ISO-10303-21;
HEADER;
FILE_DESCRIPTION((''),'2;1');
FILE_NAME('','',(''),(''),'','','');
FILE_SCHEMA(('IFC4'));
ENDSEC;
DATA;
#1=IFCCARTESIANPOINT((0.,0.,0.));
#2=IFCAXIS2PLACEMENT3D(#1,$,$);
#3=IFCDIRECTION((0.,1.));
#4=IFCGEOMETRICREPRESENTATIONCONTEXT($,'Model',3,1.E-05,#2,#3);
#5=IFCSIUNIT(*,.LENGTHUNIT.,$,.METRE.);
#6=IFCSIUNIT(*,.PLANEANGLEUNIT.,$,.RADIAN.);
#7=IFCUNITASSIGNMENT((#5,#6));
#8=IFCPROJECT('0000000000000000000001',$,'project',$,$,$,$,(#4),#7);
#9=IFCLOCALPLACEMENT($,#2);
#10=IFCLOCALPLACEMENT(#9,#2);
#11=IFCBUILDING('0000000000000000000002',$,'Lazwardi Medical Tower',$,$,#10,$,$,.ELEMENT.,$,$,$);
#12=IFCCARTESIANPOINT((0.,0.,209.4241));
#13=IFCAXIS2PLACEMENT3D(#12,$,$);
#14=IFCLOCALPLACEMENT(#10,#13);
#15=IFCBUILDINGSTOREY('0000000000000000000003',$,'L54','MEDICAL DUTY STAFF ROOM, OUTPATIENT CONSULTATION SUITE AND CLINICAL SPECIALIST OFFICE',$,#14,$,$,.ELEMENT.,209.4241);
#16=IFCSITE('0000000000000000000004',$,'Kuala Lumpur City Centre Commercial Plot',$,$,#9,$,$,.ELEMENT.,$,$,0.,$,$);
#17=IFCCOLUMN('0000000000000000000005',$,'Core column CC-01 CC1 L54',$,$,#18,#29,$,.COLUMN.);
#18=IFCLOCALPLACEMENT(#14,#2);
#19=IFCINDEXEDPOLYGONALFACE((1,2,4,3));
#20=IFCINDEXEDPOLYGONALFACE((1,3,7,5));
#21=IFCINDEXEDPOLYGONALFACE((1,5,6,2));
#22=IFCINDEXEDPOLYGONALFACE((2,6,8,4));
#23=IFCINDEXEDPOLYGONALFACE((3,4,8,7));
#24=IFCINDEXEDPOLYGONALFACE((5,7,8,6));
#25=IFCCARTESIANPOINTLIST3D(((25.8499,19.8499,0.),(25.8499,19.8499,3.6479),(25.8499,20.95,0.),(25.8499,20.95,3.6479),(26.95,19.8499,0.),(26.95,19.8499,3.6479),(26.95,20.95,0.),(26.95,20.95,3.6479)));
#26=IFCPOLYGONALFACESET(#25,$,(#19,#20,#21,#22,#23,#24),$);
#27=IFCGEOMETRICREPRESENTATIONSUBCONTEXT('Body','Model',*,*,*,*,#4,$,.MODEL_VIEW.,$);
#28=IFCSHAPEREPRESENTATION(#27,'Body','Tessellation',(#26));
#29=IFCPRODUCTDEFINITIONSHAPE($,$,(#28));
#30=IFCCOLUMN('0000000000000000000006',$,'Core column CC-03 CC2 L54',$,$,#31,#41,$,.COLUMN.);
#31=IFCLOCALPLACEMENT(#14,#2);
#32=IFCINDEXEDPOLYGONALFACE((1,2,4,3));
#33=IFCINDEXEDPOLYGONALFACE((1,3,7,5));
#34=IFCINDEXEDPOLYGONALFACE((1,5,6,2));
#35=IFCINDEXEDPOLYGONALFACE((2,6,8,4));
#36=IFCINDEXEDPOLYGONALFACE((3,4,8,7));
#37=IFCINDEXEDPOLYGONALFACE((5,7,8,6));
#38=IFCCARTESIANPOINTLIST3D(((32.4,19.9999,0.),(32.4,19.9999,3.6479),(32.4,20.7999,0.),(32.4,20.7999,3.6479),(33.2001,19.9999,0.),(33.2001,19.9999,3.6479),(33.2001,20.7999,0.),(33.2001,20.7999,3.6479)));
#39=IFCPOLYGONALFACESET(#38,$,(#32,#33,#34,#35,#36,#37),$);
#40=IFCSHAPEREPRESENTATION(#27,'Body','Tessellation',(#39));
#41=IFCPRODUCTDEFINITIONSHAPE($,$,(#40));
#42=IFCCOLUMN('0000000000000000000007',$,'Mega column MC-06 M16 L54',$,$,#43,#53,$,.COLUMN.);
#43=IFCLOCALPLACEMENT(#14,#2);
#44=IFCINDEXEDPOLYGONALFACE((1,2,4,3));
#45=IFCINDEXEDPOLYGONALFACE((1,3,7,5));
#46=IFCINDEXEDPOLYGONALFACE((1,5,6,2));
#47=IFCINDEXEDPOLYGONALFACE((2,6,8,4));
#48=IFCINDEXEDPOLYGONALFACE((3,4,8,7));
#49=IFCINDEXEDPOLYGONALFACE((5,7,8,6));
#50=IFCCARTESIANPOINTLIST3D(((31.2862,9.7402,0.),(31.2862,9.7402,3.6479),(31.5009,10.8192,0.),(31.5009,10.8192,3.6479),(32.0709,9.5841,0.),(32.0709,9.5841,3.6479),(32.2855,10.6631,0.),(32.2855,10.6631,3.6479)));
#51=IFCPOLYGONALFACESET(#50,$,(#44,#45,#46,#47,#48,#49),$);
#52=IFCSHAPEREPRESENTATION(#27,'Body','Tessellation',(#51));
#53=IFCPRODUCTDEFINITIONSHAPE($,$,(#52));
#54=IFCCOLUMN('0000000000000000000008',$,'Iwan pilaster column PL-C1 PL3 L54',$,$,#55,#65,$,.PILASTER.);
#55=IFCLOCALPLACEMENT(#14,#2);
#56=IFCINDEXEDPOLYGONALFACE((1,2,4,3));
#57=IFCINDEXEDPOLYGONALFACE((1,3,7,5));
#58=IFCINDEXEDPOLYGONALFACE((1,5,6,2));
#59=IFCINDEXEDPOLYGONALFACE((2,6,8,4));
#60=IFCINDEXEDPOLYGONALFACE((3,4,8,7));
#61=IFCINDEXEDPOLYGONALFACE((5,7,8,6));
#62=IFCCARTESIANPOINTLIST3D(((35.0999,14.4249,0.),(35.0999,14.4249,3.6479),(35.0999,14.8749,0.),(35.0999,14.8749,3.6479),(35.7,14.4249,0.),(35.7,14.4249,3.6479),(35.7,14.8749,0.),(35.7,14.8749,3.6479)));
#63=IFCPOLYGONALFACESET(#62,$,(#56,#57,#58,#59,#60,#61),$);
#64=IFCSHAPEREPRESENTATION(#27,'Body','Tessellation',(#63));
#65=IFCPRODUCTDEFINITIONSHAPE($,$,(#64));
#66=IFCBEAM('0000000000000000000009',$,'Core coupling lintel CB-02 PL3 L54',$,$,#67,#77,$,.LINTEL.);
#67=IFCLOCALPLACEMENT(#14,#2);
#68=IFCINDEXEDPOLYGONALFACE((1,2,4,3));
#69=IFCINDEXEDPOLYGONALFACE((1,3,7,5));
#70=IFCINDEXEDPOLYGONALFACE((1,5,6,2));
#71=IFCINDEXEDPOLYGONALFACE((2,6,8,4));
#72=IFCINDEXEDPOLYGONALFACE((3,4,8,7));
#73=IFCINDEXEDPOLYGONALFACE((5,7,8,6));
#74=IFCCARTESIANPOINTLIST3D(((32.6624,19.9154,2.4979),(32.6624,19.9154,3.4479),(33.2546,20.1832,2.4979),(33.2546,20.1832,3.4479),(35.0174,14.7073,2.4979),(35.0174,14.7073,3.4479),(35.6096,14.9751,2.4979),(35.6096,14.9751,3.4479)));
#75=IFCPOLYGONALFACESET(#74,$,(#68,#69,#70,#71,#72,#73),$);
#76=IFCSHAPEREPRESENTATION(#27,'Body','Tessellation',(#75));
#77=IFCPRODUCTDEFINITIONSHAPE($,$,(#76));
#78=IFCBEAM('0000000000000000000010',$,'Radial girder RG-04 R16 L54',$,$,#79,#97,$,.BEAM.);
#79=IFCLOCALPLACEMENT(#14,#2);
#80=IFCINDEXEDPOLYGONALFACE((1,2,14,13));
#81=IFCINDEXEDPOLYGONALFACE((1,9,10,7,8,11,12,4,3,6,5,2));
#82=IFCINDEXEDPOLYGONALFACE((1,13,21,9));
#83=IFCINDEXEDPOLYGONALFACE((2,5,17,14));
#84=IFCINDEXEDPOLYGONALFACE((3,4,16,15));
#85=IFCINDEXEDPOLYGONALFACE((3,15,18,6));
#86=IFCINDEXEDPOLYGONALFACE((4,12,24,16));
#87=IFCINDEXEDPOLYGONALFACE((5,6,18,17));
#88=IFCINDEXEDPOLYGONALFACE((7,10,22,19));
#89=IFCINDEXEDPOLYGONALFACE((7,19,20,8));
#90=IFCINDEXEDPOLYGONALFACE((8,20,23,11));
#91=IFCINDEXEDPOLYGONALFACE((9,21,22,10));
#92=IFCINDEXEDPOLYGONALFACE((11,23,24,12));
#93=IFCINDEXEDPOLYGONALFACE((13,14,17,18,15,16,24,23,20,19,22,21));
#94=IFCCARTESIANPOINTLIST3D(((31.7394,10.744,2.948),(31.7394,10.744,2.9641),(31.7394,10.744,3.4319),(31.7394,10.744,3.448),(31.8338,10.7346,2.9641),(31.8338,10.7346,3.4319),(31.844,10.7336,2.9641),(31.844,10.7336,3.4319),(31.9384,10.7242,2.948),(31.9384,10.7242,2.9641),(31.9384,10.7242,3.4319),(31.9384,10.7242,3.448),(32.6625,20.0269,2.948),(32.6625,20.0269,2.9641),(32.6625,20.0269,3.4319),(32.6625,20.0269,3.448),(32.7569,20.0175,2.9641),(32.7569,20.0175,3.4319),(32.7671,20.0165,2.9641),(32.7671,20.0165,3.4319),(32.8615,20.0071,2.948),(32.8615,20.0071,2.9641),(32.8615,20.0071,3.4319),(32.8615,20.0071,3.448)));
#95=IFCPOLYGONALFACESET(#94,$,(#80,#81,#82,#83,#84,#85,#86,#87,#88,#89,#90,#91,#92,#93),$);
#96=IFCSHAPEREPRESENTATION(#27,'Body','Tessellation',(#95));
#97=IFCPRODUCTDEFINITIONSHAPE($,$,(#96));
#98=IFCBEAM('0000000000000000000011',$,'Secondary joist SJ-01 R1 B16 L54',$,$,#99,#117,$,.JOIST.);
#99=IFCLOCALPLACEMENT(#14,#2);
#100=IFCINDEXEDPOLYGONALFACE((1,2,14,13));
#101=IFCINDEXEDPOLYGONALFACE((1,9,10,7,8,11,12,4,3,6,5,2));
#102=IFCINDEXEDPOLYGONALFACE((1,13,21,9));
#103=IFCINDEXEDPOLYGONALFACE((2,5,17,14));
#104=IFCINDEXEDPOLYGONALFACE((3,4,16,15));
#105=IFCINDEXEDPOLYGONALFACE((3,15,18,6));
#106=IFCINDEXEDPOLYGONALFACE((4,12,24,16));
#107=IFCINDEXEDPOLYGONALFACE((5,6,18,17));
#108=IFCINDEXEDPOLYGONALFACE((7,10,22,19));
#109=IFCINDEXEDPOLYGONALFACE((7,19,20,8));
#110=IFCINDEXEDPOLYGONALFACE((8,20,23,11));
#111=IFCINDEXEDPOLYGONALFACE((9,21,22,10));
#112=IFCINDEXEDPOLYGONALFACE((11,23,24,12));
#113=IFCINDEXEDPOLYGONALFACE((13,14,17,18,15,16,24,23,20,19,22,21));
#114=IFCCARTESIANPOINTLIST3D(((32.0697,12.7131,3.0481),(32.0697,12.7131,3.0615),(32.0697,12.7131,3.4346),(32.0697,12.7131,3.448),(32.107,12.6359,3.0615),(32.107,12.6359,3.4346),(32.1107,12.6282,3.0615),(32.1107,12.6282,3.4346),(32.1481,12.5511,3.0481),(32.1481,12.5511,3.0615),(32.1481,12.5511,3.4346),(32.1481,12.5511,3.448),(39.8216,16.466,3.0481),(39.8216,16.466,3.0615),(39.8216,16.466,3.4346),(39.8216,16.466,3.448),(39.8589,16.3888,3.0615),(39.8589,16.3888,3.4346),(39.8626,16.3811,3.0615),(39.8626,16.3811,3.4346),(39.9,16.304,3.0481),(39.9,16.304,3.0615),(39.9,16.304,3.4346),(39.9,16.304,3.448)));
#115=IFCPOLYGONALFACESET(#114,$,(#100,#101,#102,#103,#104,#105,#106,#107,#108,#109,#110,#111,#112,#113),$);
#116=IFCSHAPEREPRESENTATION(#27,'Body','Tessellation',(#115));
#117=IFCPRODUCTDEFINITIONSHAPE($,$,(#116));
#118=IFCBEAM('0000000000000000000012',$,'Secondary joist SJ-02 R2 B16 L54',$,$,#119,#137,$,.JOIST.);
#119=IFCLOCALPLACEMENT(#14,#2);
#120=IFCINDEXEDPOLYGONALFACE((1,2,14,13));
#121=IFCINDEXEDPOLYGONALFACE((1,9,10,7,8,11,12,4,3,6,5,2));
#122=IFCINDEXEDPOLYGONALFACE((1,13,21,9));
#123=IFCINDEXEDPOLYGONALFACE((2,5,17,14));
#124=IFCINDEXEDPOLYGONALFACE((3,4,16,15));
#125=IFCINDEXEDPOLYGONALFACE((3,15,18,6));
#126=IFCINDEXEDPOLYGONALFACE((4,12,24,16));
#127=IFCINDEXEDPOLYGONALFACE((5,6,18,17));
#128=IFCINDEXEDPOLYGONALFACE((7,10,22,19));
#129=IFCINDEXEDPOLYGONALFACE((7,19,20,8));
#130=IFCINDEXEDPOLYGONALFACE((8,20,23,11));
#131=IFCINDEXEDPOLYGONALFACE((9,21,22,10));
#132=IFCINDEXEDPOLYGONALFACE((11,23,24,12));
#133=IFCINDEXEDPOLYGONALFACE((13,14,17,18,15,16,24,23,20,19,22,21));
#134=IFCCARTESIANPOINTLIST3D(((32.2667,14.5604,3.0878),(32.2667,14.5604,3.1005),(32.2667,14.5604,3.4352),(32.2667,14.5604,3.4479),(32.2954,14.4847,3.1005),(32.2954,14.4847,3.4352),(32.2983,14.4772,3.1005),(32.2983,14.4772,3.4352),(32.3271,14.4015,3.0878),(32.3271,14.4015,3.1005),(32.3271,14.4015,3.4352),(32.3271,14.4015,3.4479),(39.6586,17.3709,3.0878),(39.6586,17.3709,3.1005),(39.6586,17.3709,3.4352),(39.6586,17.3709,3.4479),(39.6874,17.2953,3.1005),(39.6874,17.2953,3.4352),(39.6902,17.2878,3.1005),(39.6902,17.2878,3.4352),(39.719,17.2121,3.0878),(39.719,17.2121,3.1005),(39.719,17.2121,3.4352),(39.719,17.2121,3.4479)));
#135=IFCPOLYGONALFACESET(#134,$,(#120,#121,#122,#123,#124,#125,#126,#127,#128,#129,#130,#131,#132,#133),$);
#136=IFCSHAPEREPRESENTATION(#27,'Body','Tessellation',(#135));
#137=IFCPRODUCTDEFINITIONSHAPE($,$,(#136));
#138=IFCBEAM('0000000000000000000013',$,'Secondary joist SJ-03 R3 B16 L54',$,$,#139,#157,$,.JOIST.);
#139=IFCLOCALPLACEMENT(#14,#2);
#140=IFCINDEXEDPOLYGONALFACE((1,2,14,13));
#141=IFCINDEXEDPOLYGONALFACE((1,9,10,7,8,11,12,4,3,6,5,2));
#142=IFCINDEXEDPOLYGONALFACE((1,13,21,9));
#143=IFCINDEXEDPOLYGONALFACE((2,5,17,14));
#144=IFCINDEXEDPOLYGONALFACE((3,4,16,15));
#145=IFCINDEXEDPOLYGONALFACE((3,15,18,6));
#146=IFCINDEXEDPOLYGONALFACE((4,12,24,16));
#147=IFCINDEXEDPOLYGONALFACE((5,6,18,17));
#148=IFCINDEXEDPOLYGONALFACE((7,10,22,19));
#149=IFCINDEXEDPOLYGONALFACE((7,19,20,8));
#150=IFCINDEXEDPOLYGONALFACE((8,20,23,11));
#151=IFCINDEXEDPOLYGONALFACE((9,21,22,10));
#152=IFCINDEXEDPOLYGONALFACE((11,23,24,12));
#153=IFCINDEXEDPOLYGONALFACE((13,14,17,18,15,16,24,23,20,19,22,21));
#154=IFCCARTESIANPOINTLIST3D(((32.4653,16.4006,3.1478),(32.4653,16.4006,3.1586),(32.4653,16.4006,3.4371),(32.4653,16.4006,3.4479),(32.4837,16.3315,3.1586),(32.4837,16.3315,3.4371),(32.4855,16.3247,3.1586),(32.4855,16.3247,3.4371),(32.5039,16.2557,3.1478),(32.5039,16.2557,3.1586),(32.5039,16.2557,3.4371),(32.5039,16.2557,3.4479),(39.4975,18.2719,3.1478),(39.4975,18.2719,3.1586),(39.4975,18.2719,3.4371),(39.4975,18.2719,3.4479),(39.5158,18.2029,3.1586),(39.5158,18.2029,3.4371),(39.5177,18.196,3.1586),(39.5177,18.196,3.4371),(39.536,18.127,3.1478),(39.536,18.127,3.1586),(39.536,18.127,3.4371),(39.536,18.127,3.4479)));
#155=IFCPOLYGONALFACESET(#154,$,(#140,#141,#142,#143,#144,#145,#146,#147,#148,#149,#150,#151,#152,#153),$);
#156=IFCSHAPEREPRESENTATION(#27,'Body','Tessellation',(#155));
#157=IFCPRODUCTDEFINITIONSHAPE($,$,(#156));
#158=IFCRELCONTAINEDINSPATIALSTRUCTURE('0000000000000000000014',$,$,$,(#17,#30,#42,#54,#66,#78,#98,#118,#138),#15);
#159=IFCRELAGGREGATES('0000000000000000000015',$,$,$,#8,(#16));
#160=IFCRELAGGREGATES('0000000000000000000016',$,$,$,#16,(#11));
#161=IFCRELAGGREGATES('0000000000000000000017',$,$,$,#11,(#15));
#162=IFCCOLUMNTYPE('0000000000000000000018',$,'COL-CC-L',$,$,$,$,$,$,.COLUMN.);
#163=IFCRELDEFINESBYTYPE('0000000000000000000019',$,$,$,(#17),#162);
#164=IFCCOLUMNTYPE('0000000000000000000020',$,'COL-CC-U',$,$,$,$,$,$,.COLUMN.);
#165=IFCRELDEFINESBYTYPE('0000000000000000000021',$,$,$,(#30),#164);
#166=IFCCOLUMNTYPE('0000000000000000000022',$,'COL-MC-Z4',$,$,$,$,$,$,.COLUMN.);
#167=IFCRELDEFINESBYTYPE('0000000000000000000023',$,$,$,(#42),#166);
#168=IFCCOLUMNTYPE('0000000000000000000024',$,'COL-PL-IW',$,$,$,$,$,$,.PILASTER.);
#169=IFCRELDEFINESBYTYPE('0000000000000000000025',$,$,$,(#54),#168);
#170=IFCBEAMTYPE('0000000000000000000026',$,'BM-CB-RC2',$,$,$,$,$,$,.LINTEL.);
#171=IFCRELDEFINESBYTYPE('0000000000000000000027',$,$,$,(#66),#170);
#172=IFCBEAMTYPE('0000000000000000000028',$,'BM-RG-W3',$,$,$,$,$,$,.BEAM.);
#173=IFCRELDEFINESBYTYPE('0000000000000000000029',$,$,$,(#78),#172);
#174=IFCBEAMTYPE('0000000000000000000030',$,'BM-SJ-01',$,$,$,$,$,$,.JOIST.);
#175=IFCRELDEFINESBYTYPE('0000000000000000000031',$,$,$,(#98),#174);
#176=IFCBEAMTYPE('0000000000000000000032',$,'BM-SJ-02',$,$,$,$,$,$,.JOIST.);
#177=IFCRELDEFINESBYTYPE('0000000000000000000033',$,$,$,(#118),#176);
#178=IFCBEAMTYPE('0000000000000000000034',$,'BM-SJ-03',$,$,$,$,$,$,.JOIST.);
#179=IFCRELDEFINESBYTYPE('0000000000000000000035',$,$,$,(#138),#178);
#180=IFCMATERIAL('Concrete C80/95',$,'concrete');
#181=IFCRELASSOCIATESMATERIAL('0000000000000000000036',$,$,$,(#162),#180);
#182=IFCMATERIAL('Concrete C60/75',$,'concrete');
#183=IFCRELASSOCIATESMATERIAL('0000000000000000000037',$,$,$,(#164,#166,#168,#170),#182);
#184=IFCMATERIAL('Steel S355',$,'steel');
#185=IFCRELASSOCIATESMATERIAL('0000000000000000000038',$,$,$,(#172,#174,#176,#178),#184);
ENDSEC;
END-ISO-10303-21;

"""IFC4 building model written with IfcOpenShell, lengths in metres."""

from ifc_helpers import new_model, si_unit, direction, frame, origin, origin_2d, place, context, subcontext, project, spatial, rectangle, i_section, extrude, material, material_profile, profile_set, type_object, element, save


model = new_model("IFC4")

# Units and contexts
model_context = context("Model", 3, precision=1e-05, world=origin(), true_north=direction((0.0, 1.0)))
body_context = subcontext(model_context, "Body", "Model", "MODEL_VIEW")
ifc_project = project(units=[si_unit("LENGTHUNIT", "METRE"), si_unit("PLANEANGLEUNIT", "RADIAN")], contexts=[model_context])

# Site, building, storey
site_placement = place(None, origin())
site = spatial("IfcSite", under=ifc_project, at=site_placement, Name="Kuala Lumpur City Centre Commercial Plot", CompositionType="ELEMENT", RefElevation=0.0)
building_placement = place(site_placement, origin())
building = spatial("IfcBuilding", under=site, at=building_placement, Name="Lazwardi Medical Tower", CompositionType="ELEMENT")
storey_placement = place(building_placement, frame((0.0, 0.0, 209.4241)))
storey = spatial("IfcBuildingStorey", under=building, at=storey_placement, Name="L54", Description="MEDICAL DUTY STAFF ROOM, OUTPATIENT CONSULTATION SUITE AND CLINICAL SPECIALIST OFFICE", CompositionType="ELEMENT", Elevation=209.4241)

# Columns
ifc_material_1 = material(Name="Concrete C80/95", Category="concrete")
ifc_material_profile_1 = material_profile(ifc_material_1, rectangle(XDim=1.1001, YDim=1.1001, at=origin_2d()), Name="RC 1100x1100")
ifc_profile_set_1 = profile_set([ifc_material_profile_1], Name="Concrete C80/95")
column_type_1 = type_object("IfcColumnType", Name="COL-CC-L", PredefinedType="COLUMN", material=ifc_profile_set_1)
column_1_placement = place(storey_placement, frame((26.3999, 20.3999, 0.0), z_axis=(0.0, 0.0, 1.0), x_axis=(1.0, 0.0, 0.0)))
element("IfcColumn", 1, at=column_1_placement, inside=storey, type_object=column_type_1, Name="Core column CC-01 CC1 L54", PredefinedType="COLUMN", context=body_context, shape_type="SweptSolid", body=[
    extrude(rectangle(XDim=1.1001, YDim=1.1001, at=origin_2d()), origin(), (0.0, 0.0, 1.0), 3.6479),
])
ifc_material_2 = material(Name="Concrete C60/75", Category="concrete")
ifc_material_profile_2 = material_profile(ifc_material_2, rectangle(XDim=0.8, YDim=0.8, at=origin_2d()), Name="RC 800x800")
ifc_profile_set_2 = profile_set([ifc_material_profile_2], Name="Concrete C60/75")
column_type_2 = type_object("IfcColumnType", Name="COL-CC-U", PredefinedType="COLUMN", material=ifc_profile_set_2)
column_2_placement = place(storey_placement, frame((32.8, 20.3999, 0.0), z_axis=(0.0, 0.0, 1.0), x_axis=(1.0, 0.0, 0.0)))
element("IfcColumn", 2, at=column_2_placement, inside=storey, type_object=column_type_2, Name="Core column CC-03 CC2 L54", PredefinedType="COLUMN", context=body_context, shape_type="SweptSolid", body=[
    extrude(rectangle(XDim=0.8, YDim=0.8, at=origin_2d()), origin(), (0.0, 0.0, 1.0), 3.6479),
])
ifc_material_profile_3 = material_profile(ifc_material_2, rectangle(XDim=1.1001, YDim=0.8, at=origin_2d()), Name="CFT-RECT 1100x800")
ifc_profile_set_3 = profile_set([ifc_material_profile_3], Name="Concrete C60/75")
column_type_3 = type_object("IfcColumnType", Name="COL-MC-Z4", PredefinedType="COLUMN", material=ifc_profile_set_3)
column_3_placement = place(storey_placement, frame((31.7859, 10.2017, 0.0), z_axis=(0.0, 0.0, 1.0), x_axis=(-0.19509, -0.980785, 0.0)))
element("IfcColumn", 3, at=column_3_placement, inside=storey, type_object=column_type_3, Name="Mega column MC-06 M16 L54", PredefinedType="COLUMN", context=body_context, shape_type="SweptSolid", body=[
    extrude(rectangle(XDim=1.1001, YDim=0.8, at=origin_2d()), origin(), (0.0, 0.0, 1.0), 3.6479),
])
ifc_material_profile_4 = material_profile(ifc_material_2, rectangle(XDim=0.6001, YDim=0.45, at=origin_2d()), Name="RC 600x450")
ifc_profile_set_4 = profile_set([ifc_material_profile_4], Name="Concrete C60/75")
column_type_4 = type_object("IfcColumnType", Name="COL-PL-IW", PredefinedType="PILASTER", material=ifc_profile_set_4)
column_4_placement = place(storey_placement, frame((35.3999, 14.6499, 0.0), z_axis=(0.0, 0.0, 1.0), x_axis=(1.0, 0.0, 0.0)))
element("IfcColumn", 4, at=column_4_placement, inside=storey, type_object=column_type_4, Name="Iwan pilaster column PL-C1 PL3 L54", PredefinedType="PILASTER", context=body_context, shape_type="SweptSolid", body=[
    extrude(rectangle(XDim=0.6001, YDim=0.45, at=origin_2d()), origin(), (0.0, 0.0, 1.0), 3.6479),
])

# Beams
ifc_material_profile_5 = material_profile(ifc_material_2, rectangle(XDim=0.6499, YDim=0.95, at=origin_2d()), Name="RC 650x950")
ifc_profile_set_5 = profile_set([ifc_material_profile_5], Name="Concrete C60/75")
beam_type_1 = type_object("IfcBeamType", Name="BM-CB-RC2", PredefinedType="LINTEL", material=ifc_profile_set_5)
beam_1_placement = place(storey_placement, frame((32.9585, 20.0493, 2.9729), z_axis=(0.412019, -0.911175, 0.0), x_axis=(0.911175, 0.412019, 0.0)))
element("IfcBeam", 5, at=beam_1_placement, inside=storey, type_object=beam_type_1, Name="Core coupling lintel CB-02 PL3 L54", PredefinedType="LINTEL", context=body_context, shape_type="SweptSolid", body=[
    extrude(rectangle(XDim=0.6499, YDim=0.95, at=origin_2d()), origin(), (0.0, 0.0, 1.0), 5.7158),
])
ifc_material_3 = material(Name="Steel S355", Category="steel")
ifc_material_profile_6 = material_profile(ifc_material_3, i_section(OverallWidth=0.2, OverallDepth=0.5, WebThickness=0.0103, FlangeThickness=0.0161, at=origin_2d()), Name="IPE 500")
ifc_profile_set_6 = profile_set([ifc_material_profile_6], Name="Steel S355")
beam_type_2 = type_object("IfcBeamType", Name="BM-RG-W3", PredefinedType="BEAM", material=ifc_profile_set_6)
beam_2_placement = place(storey_placement, frame((31.8389, 10.7341, 3.198), z_axis=(0.098954, 0.995092, 0.0), x_axis=(-0.995092, 0.098954, 0.0)))
element("IfcBeam", 6, at=beam_2_placement, inside=storey, type_object=beam_type_2, Name="Radial girder RG-04 R16 L54", PredefinedType="BEAM", context=body_context, shape_type="SweptSolid", body=[
    extrude(i_section(OverallWidth=0.2, OverallDepth=0.5, WebThickness=0.0103, FlangeThickness=0.0161, at=origin_2d()), origin(), (0.0, 0.0, 1.0), 9.3286),
])
ifc_material_profile_7 = material_profile(ifc_material_3, i_section(OverallWidth=0.1799, OverallDepth=0.3999, WebThickness=0.0085, FlangeThickness=0.0134, at=origin_2d()), Name="IPE 400")
ifc_profile_set_7 = profile_set([ifc_material_profile_7], Name="Steel S355")
beam_type_3 = type_object("IfcBeamType", Name="BM-SJ-01", PredefinedType="JOIST", material=ifc_profile_set_7)
beam_3_placement = place(storey_placement, frame((32.1089, 12.6321, 3.248), z_axis=(0.900069, 0.435748, 0.0), x_axis=(-0.435748, 0.900069, 0.0)))
element("IfcBeam", 7, at=beam_3_placement, inside=storey, type_object=beam_type_3, Name="Secondary joist SJ-01 R1 B16 L54", PredefinedType="JOIST", context=body_context, shape_type="SweptSolid", body=[
    extrude(i_section(OverallWidth=0.1799, OverallDepth=0.3999, WebThickness=0.0085, FlangeThickness=0.0134, at=origin_2d()), origin(), (0.0, 0.0, 1.0), 8.6125),
])
ifc_material_profile_8 = material_profile(ifc_material_3, i_section(OverallWidth=0.1699, OverallDepth=0.3601, WebThickness=0.0081, FlangeThickness=0.0127, at=origin_2d()), Name="IPE 360")
ifc_profile_set_8 = profile_set([ifc_material_profile_8], Name="Steel S355")
beam_type_4 = type_object("IfcBeamType", Name="BM-SJ-02", PredefinedType="JOIST", material=ifc_profile_set_8)
beam_4_placement = place(storey_placement, frame((32.2969, 14.481, 3.2678), z_axis=(0.934714, 0.3554, 0.0), x_axis=(-0.3554, 0.934714, 0.0)))
element("IfcBeam", 8, at=beam_4_placement, inside=storey, type_object=beam_type_4, Name="Secondary joist SJ-02 R2 B16 L54", PredefinedType="JOIST", context=body_context, shape_type="SweptSolid", body=[
    extrude(i_section(OverallWidth=0.1699, OverallDepth=0.3601, WebThickness=0.0081, FlangeThickness=0.0127, at=origin_2d()), origin(), (0.0, 0.0, 1.0), 7.9082),
])
ifc_material_profile_9 = material_profile(ifc_material_3, i_section(OverallWidth=0.1499, OverallDepth=0.3, WebThickness=0.0071, FlangeThickness=0.0107, at=origin_2d()), Name="IPE 300")
ifc_profile_set_9 = profile_set([ifc_material_profile_9], Name="Steel S355")
beam_type_5 = type_object("IfcBeamType", Name="BM-SJ-03", PredefinedType="JOIST", material=ifc_profile_set_9)
beam_5_placement = place(storey_placement, frame((32.4846, 16.3281, 3.2979), z_axis=(0.966369, 0.257159, 0.0), x_axis=(-0.257159, 0.966369, 0.0)))
element("IfcBeam", 9, at=beam_5_placement, inside=storey, type_object=beam_type_5, Name="Secondary joist SJ-03 R3 B16 L54", PredefinedType="JOIST", context=body_context, shape_type="SweptSolid", body=[
    extrude(i_section(OverallWidth=0.1499, OverallDepth=0.3, WebThickness=0.0071, FlangeThickness=0.0107, at=origin_2d()), origin(), (0.0, 0.0, 1.0), 7.2769),
])

save(model, "model.ifc")
